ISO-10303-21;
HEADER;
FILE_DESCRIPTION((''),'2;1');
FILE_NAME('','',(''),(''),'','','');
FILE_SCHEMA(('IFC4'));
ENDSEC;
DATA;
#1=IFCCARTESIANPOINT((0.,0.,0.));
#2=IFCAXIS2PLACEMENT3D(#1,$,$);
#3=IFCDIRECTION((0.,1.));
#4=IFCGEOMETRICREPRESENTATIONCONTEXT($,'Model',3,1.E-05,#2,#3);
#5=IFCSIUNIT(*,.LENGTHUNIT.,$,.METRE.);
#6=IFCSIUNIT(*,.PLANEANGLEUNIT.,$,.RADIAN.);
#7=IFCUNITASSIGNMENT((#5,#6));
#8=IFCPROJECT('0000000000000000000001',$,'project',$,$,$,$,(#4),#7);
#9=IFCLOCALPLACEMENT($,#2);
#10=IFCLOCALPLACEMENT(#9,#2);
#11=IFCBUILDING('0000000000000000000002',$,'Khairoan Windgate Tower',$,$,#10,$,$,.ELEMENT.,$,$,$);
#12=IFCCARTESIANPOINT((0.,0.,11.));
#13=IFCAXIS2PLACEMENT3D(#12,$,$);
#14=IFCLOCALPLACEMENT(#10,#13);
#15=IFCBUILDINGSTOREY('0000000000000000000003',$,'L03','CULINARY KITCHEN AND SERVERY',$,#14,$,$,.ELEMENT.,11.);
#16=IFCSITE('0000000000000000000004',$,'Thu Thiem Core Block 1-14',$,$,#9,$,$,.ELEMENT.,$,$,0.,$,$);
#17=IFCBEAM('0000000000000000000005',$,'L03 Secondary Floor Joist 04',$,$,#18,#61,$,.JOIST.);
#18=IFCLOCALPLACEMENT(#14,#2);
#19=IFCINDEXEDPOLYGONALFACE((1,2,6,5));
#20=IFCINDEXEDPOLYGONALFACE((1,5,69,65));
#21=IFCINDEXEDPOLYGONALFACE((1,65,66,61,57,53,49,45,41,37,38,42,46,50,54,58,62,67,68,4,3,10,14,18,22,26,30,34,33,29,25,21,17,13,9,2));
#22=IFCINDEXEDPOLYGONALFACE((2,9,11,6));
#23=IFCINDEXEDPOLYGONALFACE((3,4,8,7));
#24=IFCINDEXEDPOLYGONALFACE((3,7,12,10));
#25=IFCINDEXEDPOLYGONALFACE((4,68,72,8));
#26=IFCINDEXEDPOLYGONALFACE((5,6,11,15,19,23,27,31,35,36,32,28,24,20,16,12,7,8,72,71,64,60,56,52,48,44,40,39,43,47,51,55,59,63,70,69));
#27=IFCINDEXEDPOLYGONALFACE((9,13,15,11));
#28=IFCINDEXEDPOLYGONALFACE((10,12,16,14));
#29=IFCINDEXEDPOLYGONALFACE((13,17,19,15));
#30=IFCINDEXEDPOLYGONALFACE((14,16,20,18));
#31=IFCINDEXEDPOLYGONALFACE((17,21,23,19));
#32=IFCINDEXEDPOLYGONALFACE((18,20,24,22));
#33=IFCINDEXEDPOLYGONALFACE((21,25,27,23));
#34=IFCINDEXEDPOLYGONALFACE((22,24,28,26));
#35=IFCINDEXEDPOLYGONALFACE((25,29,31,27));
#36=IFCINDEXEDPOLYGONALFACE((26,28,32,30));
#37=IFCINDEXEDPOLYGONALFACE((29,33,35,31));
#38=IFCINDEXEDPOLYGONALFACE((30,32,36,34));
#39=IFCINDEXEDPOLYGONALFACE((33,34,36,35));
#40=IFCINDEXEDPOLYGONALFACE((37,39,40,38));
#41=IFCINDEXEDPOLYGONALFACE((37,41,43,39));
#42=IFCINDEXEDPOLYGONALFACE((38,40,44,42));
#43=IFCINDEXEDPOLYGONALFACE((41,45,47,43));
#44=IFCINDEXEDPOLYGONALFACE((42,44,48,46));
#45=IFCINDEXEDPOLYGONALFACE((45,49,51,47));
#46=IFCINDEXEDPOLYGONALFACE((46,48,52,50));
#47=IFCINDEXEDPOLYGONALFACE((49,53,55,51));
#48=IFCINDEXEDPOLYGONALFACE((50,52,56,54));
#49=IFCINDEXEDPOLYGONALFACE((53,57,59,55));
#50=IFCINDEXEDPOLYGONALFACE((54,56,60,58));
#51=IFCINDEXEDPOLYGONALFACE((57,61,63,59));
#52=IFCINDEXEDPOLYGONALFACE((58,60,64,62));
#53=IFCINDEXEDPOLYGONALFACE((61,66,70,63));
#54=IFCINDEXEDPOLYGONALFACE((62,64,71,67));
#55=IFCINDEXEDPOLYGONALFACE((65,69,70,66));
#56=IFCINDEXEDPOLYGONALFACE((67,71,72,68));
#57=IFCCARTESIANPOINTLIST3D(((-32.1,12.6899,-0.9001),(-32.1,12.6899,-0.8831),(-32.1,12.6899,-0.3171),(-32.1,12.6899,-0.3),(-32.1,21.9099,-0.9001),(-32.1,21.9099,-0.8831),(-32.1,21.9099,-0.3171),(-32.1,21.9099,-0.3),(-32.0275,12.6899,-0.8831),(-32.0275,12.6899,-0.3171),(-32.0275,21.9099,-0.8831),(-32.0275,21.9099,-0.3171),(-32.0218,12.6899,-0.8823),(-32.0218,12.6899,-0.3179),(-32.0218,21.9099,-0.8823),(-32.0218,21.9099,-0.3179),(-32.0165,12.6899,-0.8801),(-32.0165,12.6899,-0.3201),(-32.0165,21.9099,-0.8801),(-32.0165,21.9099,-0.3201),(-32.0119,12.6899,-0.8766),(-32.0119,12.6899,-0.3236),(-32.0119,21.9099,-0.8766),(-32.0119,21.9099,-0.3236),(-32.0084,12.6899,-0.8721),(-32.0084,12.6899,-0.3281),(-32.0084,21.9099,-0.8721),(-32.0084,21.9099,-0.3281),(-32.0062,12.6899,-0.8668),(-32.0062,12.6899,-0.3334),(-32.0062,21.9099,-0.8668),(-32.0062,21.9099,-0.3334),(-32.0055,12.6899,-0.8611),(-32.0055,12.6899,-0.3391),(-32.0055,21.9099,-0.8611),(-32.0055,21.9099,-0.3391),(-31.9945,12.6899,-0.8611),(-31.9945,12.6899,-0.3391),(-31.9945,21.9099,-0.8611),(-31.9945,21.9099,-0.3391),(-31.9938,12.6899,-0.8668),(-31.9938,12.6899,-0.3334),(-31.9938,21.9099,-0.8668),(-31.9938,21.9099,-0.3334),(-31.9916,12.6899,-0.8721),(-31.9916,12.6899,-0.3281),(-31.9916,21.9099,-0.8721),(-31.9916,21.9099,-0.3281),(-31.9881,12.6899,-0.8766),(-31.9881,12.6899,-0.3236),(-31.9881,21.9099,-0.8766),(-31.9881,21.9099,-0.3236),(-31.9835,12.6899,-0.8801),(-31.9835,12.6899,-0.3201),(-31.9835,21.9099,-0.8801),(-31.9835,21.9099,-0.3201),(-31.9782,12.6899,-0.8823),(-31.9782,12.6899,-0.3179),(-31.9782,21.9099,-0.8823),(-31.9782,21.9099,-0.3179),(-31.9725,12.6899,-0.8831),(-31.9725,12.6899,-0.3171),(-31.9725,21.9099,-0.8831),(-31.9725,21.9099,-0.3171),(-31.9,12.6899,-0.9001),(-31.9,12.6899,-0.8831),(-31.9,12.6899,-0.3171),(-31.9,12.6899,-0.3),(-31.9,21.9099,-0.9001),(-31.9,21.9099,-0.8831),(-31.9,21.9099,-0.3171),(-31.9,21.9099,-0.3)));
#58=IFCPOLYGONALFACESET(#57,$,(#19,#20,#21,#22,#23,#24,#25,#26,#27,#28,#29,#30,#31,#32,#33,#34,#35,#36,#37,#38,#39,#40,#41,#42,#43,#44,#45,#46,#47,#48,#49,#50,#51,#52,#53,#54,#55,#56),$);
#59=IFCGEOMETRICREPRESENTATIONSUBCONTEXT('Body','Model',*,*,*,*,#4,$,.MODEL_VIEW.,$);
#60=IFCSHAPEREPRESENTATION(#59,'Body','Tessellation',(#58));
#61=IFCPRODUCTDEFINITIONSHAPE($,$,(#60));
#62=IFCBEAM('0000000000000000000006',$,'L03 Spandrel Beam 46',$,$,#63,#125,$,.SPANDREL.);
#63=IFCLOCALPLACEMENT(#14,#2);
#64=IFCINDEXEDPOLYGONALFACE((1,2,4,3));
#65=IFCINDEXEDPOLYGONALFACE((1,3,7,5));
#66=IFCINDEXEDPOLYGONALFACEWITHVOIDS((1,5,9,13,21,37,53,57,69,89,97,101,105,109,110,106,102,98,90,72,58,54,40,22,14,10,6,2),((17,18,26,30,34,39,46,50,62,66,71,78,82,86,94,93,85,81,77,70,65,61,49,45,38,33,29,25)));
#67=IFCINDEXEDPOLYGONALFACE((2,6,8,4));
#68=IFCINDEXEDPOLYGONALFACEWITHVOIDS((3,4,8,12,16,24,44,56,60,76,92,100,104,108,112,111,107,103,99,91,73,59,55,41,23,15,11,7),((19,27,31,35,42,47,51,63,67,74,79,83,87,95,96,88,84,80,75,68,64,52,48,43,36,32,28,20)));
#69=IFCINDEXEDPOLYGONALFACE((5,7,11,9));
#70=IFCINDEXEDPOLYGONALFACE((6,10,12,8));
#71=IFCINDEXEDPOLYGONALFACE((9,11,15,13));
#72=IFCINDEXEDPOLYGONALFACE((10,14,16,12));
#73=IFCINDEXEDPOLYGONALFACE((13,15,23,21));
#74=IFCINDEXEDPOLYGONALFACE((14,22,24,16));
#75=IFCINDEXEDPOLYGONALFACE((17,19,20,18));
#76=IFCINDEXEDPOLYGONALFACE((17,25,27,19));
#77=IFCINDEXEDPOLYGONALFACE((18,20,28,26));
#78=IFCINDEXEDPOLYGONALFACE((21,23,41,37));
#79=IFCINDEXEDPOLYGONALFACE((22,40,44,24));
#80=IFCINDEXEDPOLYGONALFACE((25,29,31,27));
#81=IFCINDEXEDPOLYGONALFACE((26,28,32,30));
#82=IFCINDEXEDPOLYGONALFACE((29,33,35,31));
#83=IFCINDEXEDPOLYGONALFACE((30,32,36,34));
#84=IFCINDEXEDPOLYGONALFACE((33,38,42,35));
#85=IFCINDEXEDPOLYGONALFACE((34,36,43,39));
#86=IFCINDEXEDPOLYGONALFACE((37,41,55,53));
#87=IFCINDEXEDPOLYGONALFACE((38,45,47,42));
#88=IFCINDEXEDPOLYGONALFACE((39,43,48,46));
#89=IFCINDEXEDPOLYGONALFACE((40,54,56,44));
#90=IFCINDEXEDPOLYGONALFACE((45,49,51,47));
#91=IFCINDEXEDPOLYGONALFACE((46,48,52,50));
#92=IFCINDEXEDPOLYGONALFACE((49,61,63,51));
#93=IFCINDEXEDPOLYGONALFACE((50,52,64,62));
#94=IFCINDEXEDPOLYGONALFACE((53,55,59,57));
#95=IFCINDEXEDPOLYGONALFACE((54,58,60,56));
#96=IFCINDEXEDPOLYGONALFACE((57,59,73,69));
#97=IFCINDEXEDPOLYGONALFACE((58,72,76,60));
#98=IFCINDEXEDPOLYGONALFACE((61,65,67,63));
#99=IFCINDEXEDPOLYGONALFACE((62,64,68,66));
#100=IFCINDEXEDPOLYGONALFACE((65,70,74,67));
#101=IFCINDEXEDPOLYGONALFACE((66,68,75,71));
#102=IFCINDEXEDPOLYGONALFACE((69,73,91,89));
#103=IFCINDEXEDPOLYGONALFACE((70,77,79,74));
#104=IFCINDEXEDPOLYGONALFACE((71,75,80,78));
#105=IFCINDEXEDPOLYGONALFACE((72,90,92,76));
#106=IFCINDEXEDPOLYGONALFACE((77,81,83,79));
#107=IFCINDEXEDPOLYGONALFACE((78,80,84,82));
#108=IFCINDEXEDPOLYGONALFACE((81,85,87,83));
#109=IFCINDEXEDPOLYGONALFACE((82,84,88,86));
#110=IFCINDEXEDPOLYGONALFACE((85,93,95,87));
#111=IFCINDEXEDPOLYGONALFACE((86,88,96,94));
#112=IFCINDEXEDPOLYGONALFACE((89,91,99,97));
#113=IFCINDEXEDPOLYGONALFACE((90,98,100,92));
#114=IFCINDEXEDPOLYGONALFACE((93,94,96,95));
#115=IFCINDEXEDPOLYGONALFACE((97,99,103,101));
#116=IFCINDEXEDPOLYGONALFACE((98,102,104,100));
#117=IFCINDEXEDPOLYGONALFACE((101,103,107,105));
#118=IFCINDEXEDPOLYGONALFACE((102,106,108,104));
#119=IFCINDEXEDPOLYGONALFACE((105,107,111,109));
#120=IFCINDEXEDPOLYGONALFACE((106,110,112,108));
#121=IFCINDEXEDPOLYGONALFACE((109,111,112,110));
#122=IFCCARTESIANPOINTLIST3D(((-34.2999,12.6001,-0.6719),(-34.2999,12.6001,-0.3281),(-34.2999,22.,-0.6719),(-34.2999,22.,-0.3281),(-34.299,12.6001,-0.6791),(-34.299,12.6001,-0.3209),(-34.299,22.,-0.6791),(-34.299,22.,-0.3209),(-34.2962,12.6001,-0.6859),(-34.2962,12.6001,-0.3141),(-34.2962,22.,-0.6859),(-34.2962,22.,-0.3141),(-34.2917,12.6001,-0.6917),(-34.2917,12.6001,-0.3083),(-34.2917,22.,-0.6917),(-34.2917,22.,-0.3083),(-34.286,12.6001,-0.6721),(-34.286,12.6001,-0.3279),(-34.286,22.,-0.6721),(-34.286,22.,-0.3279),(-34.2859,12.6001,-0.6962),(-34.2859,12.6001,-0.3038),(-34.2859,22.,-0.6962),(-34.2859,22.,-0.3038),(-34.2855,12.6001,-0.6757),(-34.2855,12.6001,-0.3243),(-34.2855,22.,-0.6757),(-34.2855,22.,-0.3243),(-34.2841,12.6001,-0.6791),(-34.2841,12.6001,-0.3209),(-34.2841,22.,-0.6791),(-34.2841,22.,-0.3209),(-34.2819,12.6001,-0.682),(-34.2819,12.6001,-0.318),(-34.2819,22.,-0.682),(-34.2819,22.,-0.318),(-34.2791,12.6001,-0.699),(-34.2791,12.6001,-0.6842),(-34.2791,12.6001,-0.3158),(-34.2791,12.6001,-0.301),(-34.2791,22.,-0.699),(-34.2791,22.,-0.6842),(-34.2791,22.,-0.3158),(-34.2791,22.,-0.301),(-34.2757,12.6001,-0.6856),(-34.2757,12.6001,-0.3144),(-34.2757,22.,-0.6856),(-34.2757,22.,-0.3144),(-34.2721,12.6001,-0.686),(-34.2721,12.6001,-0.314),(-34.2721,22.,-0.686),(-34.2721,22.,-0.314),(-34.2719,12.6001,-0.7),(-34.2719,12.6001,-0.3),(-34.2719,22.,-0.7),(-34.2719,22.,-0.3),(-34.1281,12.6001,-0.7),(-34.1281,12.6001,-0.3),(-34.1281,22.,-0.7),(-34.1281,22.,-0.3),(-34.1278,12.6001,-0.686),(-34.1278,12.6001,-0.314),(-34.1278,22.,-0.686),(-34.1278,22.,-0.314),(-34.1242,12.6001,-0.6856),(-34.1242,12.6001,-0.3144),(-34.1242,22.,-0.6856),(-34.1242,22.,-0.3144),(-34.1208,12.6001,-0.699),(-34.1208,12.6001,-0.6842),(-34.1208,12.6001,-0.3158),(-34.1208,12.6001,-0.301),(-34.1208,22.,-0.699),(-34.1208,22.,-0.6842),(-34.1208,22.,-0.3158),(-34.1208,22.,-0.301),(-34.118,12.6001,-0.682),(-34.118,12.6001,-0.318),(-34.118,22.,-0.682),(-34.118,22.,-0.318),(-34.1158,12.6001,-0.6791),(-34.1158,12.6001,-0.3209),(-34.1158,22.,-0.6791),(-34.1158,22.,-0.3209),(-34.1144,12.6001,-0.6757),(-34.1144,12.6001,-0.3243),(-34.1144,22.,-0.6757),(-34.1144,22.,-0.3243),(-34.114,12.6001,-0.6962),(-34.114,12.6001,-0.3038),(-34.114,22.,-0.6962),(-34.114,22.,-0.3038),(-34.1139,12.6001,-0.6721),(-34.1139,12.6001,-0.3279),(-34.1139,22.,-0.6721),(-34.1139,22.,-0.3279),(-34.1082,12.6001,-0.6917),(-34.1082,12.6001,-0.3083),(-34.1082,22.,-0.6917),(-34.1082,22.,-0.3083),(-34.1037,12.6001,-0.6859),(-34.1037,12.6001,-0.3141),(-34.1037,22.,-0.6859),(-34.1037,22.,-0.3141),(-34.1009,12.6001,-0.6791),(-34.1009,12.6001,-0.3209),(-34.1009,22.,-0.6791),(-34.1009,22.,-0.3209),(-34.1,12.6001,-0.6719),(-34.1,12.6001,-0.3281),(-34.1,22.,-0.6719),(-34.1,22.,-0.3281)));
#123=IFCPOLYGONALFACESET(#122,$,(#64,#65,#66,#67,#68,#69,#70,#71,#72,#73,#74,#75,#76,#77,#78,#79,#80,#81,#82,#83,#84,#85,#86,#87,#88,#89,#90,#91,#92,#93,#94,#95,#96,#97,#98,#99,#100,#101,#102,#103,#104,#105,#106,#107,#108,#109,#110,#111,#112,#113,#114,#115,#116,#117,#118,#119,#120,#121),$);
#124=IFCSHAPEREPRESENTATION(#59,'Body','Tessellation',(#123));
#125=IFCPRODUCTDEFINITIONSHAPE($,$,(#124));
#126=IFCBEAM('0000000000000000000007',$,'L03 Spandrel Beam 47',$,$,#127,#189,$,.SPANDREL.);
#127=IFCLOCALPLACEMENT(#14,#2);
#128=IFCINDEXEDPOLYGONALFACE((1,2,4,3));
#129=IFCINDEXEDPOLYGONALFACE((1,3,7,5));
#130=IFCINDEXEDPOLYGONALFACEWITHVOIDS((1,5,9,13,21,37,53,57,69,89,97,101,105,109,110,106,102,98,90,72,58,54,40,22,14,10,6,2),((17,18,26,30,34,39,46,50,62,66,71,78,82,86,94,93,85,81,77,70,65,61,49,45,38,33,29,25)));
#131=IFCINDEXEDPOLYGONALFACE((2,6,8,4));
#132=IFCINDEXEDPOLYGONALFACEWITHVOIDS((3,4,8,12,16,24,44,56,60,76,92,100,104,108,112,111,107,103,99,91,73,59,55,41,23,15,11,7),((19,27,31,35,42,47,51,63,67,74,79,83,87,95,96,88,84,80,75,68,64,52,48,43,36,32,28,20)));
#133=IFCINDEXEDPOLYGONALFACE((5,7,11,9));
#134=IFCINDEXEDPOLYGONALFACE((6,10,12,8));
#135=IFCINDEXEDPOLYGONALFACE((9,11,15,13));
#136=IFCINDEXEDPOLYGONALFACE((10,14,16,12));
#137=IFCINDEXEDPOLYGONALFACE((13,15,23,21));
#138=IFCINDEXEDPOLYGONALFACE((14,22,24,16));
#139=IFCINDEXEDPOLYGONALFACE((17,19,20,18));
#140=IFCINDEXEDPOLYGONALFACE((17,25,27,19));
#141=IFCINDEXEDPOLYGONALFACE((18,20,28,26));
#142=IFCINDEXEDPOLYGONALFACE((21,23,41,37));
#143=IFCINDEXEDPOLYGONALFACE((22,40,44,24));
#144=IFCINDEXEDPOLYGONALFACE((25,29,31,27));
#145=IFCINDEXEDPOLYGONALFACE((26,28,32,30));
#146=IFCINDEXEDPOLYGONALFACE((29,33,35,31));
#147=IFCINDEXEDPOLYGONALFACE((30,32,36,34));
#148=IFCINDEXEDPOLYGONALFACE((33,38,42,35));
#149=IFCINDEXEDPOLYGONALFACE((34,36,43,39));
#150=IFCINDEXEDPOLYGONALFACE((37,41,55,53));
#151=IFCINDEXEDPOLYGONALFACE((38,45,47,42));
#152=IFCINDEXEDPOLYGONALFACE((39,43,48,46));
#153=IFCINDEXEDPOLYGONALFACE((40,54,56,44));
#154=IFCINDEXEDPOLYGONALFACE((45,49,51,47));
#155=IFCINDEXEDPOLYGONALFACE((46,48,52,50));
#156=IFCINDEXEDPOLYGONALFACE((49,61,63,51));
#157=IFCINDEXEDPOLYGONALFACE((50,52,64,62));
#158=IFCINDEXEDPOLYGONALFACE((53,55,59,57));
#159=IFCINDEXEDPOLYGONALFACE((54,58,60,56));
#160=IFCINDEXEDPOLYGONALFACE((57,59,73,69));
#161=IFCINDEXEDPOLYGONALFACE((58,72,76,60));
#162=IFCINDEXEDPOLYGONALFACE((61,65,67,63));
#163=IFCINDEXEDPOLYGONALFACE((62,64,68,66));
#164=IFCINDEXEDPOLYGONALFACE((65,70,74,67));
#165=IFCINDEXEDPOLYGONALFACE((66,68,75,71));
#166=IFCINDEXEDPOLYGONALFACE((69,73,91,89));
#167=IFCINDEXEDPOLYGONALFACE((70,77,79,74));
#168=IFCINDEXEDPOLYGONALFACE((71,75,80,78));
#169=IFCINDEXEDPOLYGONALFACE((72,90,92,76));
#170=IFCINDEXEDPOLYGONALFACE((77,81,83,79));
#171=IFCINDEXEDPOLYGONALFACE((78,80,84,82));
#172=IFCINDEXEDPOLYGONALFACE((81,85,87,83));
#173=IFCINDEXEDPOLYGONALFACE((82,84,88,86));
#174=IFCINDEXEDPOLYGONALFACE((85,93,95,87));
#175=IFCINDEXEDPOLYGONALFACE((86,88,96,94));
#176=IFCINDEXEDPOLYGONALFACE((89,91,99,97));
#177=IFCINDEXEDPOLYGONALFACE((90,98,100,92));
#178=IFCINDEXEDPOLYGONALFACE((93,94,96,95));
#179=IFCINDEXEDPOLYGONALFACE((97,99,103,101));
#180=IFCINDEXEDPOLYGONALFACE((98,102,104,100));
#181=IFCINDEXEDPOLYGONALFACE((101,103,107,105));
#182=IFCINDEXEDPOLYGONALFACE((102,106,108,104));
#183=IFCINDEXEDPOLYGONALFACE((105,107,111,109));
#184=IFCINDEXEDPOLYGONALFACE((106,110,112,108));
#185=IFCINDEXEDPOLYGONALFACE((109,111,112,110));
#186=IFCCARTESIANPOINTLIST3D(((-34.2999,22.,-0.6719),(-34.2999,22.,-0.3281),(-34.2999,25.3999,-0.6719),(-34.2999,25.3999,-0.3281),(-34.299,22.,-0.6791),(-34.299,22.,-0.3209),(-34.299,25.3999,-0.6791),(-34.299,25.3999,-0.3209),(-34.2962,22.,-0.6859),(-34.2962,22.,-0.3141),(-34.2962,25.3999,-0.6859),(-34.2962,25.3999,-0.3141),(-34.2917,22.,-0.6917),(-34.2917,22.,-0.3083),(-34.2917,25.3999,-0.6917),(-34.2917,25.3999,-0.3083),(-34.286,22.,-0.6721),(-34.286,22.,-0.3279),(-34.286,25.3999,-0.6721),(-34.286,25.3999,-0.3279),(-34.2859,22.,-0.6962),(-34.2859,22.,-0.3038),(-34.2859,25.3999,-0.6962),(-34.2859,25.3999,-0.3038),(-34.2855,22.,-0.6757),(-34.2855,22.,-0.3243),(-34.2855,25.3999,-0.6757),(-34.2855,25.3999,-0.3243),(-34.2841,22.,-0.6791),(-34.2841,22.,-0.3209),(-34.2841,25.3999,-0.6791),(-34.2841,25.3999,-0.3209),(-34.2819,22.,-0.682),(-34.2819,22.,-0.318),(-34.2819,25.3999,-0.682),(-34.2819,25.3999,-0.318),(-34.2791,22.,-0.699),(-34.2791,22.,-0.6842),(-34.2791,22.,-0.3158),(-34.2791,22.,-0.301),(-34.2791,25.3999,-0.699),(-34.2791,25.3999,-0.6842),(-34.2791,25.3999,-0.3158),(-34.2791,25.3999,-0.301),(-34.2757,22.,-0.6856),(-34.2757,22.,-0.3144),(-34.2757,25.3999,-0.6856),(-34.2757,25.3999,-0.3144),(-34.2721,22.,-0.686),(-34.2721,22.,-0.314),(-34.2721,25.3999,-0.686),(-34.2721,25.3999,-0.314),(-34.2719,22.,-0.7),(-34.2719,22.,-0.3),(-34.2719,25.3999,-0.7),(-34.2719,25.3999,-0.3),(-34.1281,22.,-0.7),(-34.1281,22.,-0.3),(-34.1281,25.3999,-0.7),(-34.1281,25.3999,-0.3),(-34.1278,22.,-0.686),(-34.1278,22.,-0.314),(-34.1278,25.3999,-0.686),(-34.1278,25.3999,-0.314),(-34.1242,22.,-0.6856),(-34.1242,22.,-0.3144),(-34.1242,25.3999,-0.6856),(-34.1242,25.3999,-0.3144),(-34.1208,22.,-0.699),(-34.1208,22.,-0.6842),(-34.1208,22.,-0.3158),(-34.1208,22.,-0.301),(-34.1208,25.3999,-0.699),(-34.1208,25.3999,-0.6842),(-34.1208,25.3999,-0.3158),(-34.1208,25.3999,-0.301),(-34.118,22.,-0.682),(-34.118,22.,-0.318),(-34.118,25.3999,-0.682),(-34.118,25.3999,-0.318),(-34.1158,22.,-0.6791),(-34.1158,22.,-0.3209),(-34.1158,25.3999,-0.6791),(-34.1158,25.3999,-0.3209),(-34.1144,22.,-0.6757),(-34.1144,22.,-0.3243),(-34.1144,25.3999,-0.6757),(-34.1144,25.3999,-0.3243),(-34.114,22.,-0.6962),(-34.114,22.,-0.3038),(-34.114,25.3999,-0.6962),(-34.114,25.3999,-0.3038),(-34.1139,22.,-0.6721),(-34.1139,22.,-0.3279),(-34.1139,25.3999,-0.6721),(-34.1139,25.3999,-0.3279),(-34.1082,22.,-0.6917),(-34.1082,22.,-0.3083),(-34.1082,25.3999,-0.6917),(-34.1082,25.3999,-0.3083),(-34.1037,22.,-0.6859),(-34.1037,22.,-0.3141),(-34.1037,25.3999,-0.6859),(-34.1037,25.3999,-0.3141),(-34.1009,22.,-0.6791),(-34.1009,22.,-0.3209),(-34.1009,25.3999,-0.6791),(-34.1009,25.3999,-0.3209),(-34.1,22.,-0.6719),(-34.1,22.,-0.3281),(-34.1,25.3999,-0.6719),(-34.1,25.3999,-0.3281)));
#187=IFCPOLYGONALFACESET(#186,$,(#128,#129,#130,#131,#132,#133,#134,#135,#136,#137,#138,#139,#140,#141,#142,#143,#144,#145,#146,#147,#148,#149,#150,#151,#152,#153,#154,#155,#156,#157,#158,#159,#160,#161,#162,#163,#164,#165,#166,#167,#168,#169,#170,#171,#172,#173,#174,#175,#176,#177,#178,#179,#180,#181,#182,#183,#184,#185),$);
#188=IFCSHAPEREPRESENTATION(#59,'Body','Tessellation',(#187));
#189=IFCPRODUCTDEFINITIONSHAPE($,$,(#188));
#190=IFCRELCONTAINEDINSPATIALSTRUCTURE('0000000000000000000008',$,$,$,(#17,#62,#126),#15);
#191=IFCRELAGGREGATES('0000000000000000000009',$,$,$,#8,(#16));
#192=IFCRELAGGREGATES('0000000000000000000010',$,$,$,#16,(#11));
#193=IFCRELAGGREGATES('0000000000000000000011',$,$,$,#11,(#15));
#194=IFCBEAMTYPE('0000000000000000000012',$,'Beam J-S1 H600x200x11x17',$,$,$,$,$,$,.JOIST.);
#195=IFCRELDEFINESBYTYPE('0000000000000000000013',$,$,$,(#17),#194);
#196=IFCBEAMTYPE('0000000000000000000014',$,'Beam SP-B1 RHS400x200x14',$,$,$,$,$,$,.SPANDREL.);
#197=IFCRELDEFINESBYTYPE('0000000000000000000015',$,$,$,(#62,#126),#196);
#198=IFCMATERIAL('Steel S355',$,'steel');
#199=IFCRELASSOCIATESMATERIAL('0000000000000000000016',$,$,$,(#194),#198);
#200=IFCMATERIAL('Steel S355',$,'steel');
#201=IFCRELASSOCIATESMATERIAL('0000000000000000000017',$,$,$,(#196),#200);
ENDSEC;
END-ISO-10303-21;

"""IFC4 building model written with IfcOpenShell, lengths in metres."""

from ifc_helpers import new_model, si_unit, direction, frame, origin, origin_2d, place, context, subcontext, project, spatial, hollow_rectangle, i_section, extrude, material, material_profile, profile_set, type_object, element, save


model = new_model("IFC4")

# Units and contexts
model_context = context("Model", 3, precision=1e-05, world=origin(), true_north=direction((0.0, 1.0)))
body_context = subcontext(model_context, "Body", "Model", "MODEL_VIEW")
ifc_project = project(units=[si_unit("LENGTHUNIT", "METRE"), si_unit("PLANEANGLEUNIT", "RADIAN")], contexts=[model_context])

# Site, building, storey
site_placement = place(None, origin())
site = spatial("IfcSite", under=ifc_project, at=site_placement, Name="Thu Thiem Core Block 1-14", CompositionType="ELEMENT", RefElevation=0.0)
building_placement = place(site_placement, origin())
building = spatial("IfcBuilding", under=site, at=building_placement, Name="Khairoan Windgate Tower", CompositionType="ELEMENT")
storey_placement = place(building_placement, frame((0.0, 0.0, 11.0)))
storey = spatial("IfcBuildingStorey", under=building, at=storey_placement, Name="L03", Description="CULINARY KITCHEN AND SERVERY", CompositionType="ELEMENT", Elevation=11.0)

# Beams
ifc_material_1 = material(Name="Steel S355", Category="steel")
ifc_material_profile_1 = material_profile(ifc_material_1, i_section(OverallWidth=0.2, OverallDepth=0.6001, WebThickness=0.011, FlangeThickness=0.0171, FilletRadius=0.022, at=origin_2d()))
ifc_profile_set_1 = profile_set([ifc_material_profile_1], Name="Steel S355")
beam_type_1 = type_object("IfcBeamType", Name="Beam J-S1 H600x200x11x17", PredefinedType="JOIST", material=ifc_profile_set_1)
beam_1_placement = place(storey_placement, frame((-32.0, 12.6899, -0.6001), z_axis=(0.0, 1.0, 0.0), x_axis=(-1.0, 0.0, 0.0)))
element("IfcBeam", 1, at=beam_1_placement, inside=storey, type_object=beam_type_1, Name="L03 Secondary Floor Joist 04", PredefinedType="JOIST", context=body_context, shape_type="SweptSolid", body=[
    extrude(i_section(OverallWidth=0.2, OverallDepth=0.6001, WebThickness=0.011, FlangeThickness=0.0171, FilletRadius=0.022, at=origin_2d()), origin(), (0.0, 0.0, 1.0), 9.22),
])
ifc_material_2 = material(Name="Steel S355", Category="steel")
ifc_material_profile_2 = material_profile(ifc_material_2, hollow_rectangle(XDim=0.2, YDim=0.3999, WallThickness=0.0139, InnerFilletRadius=0.0139, OuterFilletRadius=0.0281, at=origin_2d()))
ifc_profile_set_2 = profile_set([ifc_material_profile_2], Name="Steel S355")
beam_type_2 = type_object("IfcBeamType", Name="Beam SP-B1 RHS400x200x14", PredefinedType="SPANDREL", material=ifc_profile_set_2)
beam_2_placement = place(storey_placement, frame((-34.2, 12.6001, -0.5), z_axis=(0.0, 1.0, 0.0), x_axis=(-1.0, 0.0, 0.0)))
element("IfcBeam", 2, at=beam_2_placement, inside=storey, type_object=beam_type_2, Name="L03 Spandrel Beam 46", PredefinedType="SPANDREL", context=body_context, shape_type="SweptSolid", body=[
    extrude(hollow_rectangle(XDim=0.2, YDim=0.3999, WallThickness=0.0139, InnerFilletRadius=0.0139, OuterFilletRadius=0.0281, at=origin_2d()), origin(), (0.0, 0.0, 1.0), 9.3999),
])
beam_3_placement = place(storey_placement, frame((-34.2, 22.0, -0.5), z_axis=(0.0, 1.0, 0.0), x_axis=(-1.0, 0.0, 0.0)))
element("IfcBeam", 3, at=beam_3_placement, inside=storey, type_object=beam_type_2, Name="L03 Spandrel Beam 47", PredefinedType="SPANDREL", context=body_context, shape_type="SweptSolid", body=[
    extrude(hollow_rectangle(XDim=0.2, YDim=0.3999, WallThickness=0.0139, InnerFilletRadius=0.0139, OuterFilletRadius=0.0281, at=origin_2d()), origin(), (0.0, 0.0, 1.0), 3.3999),
])

save(model, "model.ifc")
